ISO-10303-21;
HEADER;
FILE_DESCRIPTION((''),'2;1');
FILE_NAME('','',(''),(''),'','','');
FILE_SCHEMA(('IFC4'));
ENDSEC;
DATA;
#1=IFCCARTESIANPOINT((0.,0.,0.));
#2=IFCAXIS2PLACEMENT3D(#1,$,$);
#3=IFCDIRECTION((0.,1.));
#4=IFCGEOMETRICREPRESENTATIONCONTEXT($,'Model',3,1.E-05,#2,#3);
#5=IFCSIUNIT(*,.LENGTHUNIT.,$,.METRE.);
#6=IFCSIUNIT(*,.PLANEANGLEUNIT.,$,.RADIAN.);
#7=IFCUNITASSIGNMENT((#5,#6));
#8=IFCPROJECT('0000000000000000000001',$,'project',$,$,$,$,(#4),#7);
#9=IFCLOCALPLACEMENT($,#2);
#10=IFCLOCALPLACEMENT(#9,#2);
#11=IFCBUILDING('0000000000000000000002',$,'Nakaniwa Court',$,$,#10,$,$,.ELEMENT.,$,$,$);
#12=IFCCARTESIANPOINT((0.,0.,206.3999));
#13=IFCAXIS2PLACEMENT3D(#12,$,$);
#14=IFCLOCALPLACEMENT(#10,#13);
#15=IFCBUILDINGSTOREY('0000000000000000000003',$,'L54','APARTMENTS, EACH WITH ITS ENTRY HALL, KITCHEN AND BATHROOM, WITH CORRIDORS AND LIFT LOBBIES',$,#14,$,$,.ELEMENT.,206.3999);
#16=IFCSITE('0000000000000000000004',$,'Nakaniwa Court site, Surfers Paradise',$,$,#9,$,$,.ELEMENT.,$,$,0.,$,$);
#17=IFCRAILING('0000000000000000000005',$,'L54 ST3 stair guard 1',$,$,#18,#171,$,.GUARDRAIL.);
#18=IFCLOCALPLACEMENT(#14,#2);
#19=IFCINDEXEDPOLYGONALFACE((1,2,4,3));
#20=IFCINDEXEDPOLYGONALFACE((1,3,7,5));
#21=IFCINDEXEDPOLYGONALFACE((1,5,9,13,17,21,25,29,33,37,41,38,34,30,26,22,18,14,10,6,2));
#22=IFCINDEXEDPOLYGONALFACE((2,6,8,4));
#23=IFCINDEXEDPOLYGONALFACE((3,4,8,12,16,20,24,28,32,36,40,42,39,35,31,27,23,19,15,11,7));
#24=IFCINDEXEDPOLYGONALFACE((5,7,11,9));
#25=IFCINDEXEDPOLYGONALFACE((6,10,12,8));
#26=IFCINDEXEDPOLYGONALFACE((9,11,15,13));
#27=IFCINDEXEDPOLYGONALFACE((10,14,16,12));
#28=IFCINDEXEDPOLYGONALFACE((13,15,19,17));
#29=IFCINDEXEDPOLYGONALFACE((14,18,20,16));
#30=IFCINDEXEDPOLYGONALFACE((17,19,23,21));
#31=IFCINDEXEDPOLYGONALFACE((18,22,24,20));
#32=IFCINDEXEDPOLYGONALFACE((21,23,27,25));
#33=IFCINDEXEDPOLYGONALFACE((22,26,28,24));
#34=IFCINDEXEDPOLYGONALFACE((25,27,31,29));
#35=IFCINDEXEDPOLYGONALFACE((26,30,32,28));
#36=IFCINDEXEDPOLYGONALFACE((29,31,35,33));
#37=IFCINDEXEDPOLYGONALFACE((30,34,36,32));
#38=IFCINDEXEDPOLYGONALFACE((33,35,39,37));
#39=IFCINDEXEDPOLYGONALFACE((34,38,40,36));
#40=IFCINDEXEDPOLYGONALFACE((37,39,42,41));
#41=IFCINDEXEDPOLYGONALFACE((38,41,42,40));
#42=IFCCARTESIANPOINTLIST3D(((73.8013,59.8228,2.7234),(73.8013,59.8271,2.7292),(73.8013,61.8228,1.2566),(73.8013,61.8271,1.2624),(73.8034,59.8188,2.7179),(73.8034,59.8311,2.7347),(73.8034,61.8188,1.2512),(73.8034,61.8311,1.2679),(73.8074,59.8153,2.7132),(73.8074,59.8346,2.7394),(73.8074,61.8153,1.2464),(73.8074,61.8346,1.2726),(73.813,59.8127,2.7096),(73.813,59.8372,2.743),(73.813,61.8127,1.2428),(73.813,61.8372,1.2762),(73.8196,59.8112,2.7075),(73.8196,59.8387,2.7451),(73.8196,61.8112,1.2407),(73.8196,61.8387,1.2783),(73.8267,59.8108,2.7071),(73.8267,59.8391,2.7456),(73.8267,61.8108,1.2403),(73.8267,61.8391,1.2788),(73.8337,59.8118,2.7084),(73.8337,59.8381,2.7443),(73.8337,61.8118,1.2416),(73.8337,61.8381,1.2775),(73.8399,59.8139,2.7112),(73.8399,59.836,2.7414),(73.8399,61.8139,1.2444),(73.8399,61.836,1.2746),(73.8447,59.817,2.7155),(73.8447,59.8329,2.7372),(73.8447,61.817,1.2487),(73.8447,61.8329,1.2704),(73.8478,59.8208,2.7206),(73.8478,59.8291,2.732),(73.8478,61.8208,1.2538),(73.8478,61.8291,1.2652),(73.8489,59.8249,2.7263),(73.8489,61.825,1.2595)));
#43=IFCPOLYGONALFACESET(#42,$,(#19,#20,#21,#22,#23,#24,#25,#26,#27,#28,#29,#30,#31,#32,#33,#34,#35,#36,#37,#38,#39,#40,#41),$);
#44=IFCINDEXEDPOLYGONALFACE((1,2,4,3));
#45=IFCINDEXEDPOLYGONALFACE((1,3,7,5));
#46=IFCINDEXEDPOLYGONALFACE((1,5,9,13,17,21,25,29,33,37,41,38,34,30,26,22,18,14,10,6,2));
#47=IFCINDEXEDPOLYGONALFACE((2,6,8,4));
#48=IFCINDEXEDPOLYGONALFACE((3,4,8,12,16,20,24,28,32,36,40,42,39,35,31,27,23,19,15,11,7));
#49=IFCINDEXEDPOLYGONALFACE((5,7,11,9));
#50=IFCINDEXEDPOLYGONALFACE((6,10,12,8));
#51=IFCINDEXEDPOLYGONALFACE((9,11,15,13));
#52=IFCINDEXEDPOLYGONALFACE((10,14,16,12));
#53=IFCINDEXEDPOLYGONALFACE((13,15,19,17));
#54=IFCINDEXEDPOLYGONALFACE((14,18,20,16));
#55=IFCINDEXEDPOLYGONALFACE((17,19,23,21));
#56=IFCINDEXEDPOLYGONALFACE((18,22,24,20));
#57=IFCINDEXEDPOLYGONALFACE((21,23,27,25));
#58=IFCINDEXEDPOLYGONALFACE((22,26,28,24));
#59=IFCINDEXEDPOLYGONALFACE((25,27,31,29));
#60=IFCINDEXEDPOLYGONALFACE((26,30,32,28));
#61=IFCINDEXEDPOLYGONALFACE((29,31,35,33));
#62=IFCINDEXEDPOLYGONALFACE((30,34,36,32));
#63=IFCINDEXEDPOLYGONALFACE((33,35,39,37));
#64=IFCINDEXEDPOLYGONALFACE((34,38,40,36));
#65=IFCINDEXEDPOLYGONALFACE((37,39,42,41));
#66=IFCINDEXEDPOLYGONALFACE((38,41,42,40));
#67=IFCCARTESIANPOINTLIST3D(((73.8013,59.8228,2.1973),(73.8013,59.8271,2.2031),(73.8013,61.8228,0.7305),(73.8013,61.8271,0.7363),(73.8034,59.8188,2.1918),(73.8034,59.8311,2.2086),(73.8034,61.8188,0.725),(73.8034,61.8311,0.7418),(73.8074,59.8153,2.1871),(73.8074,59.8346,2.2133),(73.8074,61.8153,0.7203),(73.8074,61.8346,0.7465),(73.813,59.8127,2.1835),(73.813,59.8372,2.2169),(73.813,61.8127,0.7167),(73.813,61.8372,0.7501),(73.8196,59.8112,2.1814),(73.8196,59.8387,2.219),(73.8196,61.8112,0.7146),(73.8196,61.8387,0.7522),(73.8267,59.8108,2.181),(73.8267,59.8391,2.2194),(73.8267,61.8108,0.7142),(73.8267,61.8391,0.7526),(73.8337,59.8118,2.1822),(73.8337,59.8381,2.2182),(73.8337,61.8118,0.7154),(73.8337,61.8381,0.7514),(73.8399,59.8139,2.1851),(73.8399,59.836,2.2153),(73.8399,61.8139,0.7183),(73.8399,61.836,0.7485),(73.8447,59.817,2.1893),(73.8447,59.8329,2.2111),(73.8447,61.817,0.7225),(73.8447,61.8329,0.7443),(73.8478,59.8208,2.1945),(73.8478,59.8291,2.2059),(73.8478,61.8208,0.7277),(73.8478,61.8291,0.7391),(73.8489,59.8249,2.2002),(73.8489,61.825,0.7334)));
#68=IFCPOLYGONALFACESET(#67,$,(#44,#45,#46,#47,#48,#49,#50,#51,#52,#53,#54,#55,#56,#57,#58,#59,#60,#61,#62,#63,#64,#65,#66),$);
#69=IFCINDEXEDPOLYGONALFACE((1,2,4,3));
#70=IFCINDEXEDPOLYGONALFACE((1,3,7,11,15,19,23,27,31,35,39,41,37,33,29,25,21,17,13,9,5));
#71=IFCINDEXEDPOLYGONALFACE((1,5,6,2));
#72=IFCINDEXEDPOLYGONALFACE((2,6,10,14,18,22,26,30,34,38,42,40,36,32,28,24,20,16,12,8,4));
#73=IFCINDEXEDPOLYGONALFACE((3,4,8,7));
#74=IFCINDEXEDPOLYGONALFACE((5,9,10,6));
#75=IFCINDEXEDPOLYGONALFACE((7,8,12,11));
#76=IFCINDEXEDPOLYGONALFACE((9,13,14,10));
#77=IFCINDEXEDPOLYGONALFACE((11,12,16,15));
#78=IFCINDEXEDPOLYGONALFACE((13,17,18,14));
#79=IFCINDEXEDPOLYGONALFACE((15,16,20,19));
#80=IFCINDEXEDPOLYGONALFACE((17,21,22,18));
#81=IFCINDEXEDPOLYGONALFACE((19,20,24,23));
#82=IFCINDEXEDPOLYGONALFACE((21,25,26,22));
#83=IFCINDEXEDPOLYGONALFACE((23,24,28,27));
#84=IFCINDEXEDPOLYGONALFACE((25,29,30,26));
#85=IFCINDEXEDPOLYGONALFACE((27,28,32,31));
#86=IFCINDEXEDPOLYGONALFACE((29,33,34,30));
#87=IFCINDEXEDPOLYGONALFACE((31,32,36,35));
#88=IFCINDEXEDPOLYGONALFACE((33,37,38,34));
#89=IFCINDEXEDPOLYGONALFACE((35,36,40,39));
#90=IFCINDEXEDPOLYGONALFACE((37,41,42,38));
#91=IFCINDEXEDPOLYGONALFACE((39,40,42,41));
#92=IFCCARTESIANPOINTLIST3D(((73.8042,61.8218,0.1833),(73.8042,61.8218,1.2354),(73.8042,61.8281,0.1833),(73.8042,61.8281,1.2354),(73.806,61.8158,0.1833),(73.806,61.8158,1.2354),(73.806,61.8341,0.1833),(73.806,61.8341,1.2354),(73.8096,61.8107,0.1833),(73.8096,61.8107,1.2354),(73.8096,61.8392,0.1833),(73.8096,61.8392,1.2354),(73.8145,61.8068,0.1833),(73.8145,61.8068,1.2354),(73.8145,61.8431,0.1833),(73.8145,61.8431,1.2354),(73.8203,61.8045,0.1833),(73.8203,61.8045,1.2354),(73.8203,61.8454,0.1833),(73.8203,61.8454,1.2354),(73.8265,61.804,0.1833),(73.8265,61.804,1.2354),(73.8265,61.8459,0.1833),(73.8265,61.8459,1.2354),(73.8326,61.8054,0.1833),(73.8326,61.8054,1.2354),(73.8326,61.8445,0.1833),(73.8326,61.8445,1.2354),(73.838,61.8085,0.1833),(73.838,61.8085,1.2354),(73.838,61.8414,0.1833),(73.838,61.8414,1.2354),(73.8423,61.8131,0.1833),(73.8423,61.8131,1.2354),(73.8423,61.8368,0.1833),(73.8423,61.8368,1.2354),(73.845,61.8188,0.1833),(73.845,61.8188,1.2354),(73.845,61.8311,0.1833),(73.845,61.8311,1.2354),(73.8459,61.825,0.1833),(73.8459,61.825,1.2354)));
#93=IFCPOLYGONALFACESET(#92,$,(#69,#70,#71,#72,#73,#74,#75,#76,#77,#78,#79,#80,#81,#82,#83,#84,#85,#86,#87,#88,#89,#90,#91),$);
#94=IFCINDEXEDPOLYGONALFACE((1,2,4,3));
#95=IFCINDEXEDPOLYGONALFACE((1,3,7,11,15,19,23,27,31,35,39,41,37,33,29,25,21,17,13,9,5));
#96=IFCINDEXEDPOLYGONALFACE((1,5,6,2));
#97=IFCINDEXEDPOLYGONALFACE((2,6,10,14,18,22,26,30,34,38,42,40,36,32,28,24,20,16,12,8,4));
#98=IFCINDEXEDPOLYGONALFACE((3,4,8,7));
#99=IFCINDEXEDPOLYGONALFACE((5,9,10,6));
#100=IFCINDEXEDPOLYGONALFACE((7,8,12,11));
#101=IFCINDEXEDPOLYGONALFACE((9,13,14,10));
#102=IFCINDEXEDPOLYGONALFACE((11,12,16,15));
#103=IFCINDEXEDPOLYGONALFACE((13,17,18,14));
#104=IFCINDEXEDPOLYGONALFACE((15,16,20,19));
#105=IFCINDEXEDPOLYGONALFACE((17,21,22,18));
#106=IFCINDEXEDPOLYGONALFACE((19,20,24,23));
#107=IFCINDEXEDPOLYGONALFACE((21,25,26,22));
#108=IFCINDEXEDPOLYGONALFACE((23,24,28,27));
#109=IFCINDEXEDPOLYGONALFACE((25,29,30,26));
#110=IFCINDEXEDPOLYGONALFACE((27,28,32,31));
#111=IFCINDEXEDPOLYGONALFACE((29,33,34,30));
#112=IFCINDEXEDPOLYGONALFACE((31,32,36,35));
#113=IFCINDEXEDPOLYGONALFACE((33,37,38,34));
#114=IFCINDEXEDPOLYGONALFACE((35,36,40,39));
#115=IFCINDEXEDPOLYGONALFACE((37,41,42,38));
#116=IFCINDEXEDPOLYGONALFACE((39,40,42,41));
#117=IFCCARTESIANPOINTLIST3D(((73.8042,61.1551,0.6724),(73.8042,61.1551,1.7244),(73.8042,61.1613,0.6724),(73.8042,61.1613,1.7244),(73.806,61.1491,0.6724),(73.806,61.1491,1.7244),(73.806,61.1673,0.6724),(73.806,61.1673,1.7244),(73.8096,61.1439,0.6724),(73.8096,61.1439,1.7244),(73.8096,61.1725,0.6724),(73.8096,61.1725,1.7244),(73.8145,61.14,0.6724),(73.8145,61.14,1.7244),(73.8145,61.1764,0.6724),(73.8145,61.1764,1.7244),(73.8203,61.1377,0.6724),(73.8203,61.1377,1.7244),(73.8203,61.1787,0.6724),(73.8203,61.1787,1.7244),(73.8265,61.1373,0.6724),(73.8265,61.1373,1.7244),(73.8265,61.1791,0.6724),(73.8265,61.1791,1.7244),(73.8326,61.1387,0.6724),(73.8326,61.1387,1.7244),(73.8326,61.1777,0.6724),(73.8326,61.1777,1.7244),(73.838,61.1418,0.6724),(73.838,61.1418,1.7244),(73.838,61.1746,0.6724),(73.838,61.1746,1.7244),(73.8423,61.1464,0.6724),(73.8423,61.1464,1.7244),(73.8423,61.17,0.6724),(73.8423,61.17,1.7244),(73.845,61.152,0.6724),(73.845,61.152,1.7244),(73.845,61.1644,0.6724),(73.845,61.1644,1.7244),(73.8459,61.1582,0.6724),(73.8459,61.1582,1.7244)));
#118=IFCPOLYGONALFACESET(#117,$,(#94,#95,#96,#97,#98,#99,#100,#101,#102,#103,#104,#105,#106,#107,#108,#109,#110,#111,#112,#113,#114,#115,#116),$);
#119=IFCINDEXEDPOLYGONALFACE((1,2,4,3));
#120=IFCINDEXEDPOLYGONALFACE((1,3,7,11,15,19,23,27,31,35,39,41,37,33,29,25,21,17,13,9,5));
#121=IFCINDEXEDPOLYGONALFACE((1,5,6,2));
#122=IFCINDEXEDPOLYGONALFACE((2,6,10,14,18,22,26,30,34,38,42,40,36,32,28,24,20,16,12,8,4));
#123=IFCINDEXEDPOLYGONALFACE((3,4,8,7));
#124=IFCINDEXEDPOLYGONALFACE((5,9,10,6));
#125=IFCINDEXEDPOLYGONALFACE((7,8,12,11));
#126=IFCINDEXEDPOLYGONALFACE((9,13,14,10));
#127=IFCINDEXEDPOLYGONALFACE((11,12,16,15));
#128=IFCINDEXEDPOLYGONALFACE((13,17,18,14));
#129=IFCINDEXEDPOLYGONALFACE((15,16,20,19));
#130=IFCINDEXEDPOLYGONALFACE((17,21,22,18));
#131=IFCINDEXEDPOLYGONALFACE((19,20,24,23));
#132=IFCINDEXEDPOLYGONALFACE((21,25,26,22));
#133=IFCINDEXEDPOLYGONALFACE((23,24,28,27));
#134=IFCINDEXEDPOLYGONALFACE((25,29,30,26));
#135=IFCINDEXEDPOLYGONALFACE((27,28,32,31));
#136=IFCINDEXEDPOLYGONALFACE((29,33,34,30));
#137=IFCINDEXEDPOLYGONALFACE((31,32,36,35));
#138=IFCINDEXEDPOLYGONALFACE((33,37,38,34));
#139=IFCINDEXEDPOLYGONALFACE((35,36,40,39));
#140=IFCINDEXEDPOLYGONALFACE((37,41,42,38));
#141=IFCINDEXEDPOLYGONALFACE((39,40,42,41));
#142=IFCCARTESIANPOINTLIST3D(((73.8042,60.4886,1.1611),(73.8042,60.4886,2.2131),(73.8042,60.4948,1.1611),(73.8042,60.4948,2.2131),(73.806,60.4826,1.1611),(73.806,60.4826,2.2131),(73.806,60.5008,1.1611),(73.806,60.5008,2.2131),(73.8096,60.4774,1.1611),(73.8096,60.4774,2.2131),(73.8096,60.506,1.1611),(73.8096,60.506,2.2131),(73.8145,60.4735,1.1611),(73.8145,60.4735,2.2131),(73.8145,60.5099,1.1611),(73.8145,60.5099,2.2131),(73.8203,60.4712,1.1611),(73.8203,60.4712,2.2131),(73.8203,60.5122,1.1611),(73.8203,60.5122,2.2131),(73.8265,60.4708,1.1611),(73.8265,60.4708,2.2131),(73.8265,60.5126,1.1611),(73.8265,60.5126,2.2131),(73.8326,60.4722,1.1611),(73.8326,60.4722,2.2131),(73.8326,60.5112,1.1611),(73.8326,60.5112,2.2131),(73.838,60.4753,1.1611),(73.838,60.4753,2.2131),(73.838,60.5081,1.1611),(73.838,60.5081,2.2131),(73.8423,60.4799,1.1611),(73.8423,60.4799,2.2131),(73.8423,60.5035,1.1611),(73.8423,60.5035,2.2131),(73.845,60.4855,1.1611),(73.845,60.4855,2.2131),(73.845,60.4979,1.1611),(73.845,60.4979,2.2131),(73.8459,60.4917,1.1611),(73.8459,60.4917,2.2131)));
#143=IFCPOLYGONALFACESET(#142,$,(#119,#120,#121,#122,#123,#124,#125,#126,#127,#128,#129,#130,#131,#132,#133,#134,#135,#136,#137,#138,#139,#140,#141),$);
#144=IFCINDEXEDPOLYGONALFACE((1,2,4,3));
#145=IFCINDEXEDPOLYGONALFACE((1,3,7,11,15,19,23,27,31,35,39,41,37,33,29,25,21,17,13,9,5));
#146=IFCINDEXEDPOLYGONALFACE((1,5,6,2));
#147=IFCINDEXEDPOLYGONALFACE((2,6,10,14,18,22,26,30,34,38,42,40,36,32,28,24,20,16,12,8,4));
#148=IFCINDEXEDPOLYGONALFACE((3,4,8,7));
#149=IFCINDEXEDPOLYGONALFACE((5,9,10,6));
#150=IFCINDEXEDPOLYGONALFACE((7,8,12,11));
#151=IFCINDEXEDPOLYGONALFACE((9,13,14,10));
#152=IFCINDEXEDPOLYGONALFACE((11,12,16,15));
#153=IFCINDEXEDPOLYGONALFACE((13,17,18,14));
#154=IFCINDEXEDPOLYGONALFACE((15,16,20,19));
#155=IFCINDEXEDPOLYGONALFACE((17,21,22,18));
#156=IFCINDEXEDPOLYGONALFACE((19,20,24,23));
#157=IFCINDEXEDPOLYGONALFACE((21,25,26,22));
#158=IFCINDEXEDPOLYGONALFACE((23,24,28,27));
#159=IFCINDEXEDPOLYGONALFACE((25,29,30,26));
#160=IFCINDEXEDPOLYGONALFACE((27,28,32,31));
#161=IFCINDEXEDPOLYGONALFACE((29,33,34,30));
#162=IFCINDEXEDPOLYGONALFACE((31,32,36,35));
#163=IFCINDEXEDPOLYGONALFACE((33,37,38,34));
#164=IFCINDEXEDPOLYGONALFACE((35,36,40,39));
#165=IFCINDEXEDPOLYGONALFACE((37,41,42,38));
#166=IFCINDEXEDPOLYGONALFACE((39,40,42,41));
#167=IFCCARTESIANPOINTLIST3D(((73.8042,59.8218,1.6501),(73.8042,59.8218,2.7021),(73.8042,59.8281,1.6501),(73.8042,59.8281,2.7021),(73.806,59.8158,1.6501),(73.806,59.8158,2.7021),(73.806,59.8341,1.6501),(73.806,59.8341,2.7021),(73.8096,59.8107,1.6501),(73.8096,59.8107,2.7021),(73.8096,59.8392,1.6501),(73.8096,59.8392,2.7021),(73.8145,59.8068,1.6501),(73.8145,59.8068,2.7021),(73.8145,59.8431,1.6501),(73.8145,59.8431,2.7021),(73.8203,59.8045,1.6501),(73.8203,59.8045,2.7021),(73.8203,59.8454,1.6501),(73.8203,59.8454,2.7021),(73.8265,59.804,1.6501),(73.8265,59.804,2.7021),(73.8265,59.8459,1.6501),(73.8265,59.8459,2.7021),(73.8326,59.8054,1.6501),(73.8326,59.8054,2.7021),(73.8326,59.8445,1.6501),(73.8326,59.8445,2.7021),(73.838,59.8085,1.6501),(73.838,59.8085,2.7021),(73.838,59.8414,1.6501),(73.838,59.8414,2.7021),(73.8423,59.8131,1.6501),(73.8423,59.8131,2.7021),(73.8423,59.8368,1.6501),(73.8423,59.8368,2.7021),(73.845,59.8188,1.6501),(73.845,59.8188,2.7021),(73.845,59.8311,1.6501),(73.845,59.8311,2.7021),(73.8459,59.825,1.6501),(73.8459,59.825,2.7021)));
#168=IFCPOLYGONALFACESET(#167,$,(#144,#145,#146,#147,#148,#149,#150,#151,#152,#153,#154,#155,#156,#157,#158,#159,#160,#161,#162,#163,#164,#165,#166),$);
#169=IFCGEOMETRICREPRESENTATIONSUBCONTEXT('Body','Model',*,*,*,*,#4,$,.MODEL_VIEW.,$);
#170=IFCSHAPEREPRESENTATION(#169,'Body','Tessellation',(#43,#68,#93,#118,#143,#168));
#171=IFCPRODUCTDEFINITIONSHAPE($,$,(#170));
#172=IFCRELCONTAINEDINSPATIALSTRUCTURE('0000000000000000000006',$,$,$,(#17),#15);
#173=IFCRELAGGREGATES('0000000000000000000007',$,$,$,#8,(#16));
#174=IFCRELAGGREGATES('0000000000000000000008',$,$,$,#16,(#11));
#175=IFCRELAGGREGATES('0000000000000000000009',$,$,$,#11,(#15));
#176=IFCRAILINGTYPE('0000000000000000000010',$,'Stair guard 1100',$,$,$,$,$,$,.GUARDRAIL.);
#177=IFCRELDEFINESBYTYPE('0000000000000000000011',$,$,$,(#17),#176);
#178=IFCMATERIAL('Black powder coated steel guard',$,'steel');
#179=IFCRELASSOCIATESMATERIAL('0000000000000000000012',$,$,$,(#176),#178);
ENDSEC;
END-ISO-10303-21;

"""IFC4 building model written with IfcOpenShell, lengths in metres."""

from ifc_helpers import new_model, si_unit, direction, frame, origin, origin_2d, place, context, subcontext, project, spatial, circle, extrude, material, type_object, element, save


model = new_model("IFC4")

# Units and contexts
model_context = context("Model", 3, precision=1e-05, world=origin(), true_north=direction((0.0, 1.0)))
body_context = subcontext(model_context, "Body", "Model", "MODEL_VIEW")
ifc_project = project(units=[si_unit("LENGTHUNIT", "METRE"), si_unit("PLANEANGLEUNIT", "RADIAN")], contexts=[model_context])

# Site, building, storey
site_placement = place(None, origin())
site = spatial("IfcSite", under=ifc_project, at=site_placement, Name="Nakaniwa Court site, Surfers Paradise", CompositionType="ELEMENT", RefElevation=0.0)
building_placement = place(site_placement, origin())
building = spatial("IfcBuilding", under=site, at=building_placement, Name="Nakaniwa Court", CompositionType="ELEMENT")
storey_placement = place(building_placement, frame((0.0, 0.0, 206.3999)))
storey = spatial("IfcBuildingStorey", under=building, at=storey_placement, Name="L54", Description="APARTMENTS, EACH WITH ITS ENTRY HALL, KITCHEN AND BATHROOM, WITH CORRIDORS AND LIFT LOBBIES", CompositionType="ELEMENT", Elevation=206.3999)

# Railing
ifc_material_1 = material(Name="Black powder coated steel guard", Category="steel")
railing_type_1 = type_object("IfcRailingType", Name="Stair guard 1100", PredefinedType="GUARDRAIL", material=ifc_material_1)
railing_1_placement = place(storey_placement, frame((73.825, 61.825, 0.1833)))
element("IfcRailing", 1, at=railing_1_placement, inside=storey, type_object=railing_type_1, Name="L54 ST3 stair guard 1", PredefinedType="GUARDRAIL", context=body_context, shape_type="SweptSolid", body=[
    extrude(circle(Radius=0.0239, at=origin_2d()), frame((0.0, 0.0, 1.0762), z_axis=(0.0, -0.80638, 0.591398), x_axis=(1.0, 0.0, 0.0)), (0.0, 0.0, 1.0), 2.4802),
    extrude(circle(Radius=0.0239, at=origin_2d()), frame((0.0, 0.0, 0.55), z_axis=(0.0, -0.80638, 0.591398), x_axis=(1.0, 0.0, 0.0)), (0.0, 0.0, 1.0), 2.4802),
    extrude(circle(Radius=0.021, at=origin_2d()), origin(), (0.0, 0.0, 1.0), 1.052),
    extrude(circle(Radius=0.021, at=origin_2d()), frame((0.0, -0.6667, 0.489)), (0.0, 0.0, 1.0), 1.052),
    extrude(circle(Radius=0.021, at=origin_2d()), frame((0.0, -1.3333, 0.9778)), (0.0, 0.0, 1.0), 1.052),
    extrude(circle(Radius=0.021, at=origin_2d()), frame((0.0, -2.0, 1.4668)), (0.0, 0.0, 1.0), 1.052),
])

save(model, "model.ifc")
